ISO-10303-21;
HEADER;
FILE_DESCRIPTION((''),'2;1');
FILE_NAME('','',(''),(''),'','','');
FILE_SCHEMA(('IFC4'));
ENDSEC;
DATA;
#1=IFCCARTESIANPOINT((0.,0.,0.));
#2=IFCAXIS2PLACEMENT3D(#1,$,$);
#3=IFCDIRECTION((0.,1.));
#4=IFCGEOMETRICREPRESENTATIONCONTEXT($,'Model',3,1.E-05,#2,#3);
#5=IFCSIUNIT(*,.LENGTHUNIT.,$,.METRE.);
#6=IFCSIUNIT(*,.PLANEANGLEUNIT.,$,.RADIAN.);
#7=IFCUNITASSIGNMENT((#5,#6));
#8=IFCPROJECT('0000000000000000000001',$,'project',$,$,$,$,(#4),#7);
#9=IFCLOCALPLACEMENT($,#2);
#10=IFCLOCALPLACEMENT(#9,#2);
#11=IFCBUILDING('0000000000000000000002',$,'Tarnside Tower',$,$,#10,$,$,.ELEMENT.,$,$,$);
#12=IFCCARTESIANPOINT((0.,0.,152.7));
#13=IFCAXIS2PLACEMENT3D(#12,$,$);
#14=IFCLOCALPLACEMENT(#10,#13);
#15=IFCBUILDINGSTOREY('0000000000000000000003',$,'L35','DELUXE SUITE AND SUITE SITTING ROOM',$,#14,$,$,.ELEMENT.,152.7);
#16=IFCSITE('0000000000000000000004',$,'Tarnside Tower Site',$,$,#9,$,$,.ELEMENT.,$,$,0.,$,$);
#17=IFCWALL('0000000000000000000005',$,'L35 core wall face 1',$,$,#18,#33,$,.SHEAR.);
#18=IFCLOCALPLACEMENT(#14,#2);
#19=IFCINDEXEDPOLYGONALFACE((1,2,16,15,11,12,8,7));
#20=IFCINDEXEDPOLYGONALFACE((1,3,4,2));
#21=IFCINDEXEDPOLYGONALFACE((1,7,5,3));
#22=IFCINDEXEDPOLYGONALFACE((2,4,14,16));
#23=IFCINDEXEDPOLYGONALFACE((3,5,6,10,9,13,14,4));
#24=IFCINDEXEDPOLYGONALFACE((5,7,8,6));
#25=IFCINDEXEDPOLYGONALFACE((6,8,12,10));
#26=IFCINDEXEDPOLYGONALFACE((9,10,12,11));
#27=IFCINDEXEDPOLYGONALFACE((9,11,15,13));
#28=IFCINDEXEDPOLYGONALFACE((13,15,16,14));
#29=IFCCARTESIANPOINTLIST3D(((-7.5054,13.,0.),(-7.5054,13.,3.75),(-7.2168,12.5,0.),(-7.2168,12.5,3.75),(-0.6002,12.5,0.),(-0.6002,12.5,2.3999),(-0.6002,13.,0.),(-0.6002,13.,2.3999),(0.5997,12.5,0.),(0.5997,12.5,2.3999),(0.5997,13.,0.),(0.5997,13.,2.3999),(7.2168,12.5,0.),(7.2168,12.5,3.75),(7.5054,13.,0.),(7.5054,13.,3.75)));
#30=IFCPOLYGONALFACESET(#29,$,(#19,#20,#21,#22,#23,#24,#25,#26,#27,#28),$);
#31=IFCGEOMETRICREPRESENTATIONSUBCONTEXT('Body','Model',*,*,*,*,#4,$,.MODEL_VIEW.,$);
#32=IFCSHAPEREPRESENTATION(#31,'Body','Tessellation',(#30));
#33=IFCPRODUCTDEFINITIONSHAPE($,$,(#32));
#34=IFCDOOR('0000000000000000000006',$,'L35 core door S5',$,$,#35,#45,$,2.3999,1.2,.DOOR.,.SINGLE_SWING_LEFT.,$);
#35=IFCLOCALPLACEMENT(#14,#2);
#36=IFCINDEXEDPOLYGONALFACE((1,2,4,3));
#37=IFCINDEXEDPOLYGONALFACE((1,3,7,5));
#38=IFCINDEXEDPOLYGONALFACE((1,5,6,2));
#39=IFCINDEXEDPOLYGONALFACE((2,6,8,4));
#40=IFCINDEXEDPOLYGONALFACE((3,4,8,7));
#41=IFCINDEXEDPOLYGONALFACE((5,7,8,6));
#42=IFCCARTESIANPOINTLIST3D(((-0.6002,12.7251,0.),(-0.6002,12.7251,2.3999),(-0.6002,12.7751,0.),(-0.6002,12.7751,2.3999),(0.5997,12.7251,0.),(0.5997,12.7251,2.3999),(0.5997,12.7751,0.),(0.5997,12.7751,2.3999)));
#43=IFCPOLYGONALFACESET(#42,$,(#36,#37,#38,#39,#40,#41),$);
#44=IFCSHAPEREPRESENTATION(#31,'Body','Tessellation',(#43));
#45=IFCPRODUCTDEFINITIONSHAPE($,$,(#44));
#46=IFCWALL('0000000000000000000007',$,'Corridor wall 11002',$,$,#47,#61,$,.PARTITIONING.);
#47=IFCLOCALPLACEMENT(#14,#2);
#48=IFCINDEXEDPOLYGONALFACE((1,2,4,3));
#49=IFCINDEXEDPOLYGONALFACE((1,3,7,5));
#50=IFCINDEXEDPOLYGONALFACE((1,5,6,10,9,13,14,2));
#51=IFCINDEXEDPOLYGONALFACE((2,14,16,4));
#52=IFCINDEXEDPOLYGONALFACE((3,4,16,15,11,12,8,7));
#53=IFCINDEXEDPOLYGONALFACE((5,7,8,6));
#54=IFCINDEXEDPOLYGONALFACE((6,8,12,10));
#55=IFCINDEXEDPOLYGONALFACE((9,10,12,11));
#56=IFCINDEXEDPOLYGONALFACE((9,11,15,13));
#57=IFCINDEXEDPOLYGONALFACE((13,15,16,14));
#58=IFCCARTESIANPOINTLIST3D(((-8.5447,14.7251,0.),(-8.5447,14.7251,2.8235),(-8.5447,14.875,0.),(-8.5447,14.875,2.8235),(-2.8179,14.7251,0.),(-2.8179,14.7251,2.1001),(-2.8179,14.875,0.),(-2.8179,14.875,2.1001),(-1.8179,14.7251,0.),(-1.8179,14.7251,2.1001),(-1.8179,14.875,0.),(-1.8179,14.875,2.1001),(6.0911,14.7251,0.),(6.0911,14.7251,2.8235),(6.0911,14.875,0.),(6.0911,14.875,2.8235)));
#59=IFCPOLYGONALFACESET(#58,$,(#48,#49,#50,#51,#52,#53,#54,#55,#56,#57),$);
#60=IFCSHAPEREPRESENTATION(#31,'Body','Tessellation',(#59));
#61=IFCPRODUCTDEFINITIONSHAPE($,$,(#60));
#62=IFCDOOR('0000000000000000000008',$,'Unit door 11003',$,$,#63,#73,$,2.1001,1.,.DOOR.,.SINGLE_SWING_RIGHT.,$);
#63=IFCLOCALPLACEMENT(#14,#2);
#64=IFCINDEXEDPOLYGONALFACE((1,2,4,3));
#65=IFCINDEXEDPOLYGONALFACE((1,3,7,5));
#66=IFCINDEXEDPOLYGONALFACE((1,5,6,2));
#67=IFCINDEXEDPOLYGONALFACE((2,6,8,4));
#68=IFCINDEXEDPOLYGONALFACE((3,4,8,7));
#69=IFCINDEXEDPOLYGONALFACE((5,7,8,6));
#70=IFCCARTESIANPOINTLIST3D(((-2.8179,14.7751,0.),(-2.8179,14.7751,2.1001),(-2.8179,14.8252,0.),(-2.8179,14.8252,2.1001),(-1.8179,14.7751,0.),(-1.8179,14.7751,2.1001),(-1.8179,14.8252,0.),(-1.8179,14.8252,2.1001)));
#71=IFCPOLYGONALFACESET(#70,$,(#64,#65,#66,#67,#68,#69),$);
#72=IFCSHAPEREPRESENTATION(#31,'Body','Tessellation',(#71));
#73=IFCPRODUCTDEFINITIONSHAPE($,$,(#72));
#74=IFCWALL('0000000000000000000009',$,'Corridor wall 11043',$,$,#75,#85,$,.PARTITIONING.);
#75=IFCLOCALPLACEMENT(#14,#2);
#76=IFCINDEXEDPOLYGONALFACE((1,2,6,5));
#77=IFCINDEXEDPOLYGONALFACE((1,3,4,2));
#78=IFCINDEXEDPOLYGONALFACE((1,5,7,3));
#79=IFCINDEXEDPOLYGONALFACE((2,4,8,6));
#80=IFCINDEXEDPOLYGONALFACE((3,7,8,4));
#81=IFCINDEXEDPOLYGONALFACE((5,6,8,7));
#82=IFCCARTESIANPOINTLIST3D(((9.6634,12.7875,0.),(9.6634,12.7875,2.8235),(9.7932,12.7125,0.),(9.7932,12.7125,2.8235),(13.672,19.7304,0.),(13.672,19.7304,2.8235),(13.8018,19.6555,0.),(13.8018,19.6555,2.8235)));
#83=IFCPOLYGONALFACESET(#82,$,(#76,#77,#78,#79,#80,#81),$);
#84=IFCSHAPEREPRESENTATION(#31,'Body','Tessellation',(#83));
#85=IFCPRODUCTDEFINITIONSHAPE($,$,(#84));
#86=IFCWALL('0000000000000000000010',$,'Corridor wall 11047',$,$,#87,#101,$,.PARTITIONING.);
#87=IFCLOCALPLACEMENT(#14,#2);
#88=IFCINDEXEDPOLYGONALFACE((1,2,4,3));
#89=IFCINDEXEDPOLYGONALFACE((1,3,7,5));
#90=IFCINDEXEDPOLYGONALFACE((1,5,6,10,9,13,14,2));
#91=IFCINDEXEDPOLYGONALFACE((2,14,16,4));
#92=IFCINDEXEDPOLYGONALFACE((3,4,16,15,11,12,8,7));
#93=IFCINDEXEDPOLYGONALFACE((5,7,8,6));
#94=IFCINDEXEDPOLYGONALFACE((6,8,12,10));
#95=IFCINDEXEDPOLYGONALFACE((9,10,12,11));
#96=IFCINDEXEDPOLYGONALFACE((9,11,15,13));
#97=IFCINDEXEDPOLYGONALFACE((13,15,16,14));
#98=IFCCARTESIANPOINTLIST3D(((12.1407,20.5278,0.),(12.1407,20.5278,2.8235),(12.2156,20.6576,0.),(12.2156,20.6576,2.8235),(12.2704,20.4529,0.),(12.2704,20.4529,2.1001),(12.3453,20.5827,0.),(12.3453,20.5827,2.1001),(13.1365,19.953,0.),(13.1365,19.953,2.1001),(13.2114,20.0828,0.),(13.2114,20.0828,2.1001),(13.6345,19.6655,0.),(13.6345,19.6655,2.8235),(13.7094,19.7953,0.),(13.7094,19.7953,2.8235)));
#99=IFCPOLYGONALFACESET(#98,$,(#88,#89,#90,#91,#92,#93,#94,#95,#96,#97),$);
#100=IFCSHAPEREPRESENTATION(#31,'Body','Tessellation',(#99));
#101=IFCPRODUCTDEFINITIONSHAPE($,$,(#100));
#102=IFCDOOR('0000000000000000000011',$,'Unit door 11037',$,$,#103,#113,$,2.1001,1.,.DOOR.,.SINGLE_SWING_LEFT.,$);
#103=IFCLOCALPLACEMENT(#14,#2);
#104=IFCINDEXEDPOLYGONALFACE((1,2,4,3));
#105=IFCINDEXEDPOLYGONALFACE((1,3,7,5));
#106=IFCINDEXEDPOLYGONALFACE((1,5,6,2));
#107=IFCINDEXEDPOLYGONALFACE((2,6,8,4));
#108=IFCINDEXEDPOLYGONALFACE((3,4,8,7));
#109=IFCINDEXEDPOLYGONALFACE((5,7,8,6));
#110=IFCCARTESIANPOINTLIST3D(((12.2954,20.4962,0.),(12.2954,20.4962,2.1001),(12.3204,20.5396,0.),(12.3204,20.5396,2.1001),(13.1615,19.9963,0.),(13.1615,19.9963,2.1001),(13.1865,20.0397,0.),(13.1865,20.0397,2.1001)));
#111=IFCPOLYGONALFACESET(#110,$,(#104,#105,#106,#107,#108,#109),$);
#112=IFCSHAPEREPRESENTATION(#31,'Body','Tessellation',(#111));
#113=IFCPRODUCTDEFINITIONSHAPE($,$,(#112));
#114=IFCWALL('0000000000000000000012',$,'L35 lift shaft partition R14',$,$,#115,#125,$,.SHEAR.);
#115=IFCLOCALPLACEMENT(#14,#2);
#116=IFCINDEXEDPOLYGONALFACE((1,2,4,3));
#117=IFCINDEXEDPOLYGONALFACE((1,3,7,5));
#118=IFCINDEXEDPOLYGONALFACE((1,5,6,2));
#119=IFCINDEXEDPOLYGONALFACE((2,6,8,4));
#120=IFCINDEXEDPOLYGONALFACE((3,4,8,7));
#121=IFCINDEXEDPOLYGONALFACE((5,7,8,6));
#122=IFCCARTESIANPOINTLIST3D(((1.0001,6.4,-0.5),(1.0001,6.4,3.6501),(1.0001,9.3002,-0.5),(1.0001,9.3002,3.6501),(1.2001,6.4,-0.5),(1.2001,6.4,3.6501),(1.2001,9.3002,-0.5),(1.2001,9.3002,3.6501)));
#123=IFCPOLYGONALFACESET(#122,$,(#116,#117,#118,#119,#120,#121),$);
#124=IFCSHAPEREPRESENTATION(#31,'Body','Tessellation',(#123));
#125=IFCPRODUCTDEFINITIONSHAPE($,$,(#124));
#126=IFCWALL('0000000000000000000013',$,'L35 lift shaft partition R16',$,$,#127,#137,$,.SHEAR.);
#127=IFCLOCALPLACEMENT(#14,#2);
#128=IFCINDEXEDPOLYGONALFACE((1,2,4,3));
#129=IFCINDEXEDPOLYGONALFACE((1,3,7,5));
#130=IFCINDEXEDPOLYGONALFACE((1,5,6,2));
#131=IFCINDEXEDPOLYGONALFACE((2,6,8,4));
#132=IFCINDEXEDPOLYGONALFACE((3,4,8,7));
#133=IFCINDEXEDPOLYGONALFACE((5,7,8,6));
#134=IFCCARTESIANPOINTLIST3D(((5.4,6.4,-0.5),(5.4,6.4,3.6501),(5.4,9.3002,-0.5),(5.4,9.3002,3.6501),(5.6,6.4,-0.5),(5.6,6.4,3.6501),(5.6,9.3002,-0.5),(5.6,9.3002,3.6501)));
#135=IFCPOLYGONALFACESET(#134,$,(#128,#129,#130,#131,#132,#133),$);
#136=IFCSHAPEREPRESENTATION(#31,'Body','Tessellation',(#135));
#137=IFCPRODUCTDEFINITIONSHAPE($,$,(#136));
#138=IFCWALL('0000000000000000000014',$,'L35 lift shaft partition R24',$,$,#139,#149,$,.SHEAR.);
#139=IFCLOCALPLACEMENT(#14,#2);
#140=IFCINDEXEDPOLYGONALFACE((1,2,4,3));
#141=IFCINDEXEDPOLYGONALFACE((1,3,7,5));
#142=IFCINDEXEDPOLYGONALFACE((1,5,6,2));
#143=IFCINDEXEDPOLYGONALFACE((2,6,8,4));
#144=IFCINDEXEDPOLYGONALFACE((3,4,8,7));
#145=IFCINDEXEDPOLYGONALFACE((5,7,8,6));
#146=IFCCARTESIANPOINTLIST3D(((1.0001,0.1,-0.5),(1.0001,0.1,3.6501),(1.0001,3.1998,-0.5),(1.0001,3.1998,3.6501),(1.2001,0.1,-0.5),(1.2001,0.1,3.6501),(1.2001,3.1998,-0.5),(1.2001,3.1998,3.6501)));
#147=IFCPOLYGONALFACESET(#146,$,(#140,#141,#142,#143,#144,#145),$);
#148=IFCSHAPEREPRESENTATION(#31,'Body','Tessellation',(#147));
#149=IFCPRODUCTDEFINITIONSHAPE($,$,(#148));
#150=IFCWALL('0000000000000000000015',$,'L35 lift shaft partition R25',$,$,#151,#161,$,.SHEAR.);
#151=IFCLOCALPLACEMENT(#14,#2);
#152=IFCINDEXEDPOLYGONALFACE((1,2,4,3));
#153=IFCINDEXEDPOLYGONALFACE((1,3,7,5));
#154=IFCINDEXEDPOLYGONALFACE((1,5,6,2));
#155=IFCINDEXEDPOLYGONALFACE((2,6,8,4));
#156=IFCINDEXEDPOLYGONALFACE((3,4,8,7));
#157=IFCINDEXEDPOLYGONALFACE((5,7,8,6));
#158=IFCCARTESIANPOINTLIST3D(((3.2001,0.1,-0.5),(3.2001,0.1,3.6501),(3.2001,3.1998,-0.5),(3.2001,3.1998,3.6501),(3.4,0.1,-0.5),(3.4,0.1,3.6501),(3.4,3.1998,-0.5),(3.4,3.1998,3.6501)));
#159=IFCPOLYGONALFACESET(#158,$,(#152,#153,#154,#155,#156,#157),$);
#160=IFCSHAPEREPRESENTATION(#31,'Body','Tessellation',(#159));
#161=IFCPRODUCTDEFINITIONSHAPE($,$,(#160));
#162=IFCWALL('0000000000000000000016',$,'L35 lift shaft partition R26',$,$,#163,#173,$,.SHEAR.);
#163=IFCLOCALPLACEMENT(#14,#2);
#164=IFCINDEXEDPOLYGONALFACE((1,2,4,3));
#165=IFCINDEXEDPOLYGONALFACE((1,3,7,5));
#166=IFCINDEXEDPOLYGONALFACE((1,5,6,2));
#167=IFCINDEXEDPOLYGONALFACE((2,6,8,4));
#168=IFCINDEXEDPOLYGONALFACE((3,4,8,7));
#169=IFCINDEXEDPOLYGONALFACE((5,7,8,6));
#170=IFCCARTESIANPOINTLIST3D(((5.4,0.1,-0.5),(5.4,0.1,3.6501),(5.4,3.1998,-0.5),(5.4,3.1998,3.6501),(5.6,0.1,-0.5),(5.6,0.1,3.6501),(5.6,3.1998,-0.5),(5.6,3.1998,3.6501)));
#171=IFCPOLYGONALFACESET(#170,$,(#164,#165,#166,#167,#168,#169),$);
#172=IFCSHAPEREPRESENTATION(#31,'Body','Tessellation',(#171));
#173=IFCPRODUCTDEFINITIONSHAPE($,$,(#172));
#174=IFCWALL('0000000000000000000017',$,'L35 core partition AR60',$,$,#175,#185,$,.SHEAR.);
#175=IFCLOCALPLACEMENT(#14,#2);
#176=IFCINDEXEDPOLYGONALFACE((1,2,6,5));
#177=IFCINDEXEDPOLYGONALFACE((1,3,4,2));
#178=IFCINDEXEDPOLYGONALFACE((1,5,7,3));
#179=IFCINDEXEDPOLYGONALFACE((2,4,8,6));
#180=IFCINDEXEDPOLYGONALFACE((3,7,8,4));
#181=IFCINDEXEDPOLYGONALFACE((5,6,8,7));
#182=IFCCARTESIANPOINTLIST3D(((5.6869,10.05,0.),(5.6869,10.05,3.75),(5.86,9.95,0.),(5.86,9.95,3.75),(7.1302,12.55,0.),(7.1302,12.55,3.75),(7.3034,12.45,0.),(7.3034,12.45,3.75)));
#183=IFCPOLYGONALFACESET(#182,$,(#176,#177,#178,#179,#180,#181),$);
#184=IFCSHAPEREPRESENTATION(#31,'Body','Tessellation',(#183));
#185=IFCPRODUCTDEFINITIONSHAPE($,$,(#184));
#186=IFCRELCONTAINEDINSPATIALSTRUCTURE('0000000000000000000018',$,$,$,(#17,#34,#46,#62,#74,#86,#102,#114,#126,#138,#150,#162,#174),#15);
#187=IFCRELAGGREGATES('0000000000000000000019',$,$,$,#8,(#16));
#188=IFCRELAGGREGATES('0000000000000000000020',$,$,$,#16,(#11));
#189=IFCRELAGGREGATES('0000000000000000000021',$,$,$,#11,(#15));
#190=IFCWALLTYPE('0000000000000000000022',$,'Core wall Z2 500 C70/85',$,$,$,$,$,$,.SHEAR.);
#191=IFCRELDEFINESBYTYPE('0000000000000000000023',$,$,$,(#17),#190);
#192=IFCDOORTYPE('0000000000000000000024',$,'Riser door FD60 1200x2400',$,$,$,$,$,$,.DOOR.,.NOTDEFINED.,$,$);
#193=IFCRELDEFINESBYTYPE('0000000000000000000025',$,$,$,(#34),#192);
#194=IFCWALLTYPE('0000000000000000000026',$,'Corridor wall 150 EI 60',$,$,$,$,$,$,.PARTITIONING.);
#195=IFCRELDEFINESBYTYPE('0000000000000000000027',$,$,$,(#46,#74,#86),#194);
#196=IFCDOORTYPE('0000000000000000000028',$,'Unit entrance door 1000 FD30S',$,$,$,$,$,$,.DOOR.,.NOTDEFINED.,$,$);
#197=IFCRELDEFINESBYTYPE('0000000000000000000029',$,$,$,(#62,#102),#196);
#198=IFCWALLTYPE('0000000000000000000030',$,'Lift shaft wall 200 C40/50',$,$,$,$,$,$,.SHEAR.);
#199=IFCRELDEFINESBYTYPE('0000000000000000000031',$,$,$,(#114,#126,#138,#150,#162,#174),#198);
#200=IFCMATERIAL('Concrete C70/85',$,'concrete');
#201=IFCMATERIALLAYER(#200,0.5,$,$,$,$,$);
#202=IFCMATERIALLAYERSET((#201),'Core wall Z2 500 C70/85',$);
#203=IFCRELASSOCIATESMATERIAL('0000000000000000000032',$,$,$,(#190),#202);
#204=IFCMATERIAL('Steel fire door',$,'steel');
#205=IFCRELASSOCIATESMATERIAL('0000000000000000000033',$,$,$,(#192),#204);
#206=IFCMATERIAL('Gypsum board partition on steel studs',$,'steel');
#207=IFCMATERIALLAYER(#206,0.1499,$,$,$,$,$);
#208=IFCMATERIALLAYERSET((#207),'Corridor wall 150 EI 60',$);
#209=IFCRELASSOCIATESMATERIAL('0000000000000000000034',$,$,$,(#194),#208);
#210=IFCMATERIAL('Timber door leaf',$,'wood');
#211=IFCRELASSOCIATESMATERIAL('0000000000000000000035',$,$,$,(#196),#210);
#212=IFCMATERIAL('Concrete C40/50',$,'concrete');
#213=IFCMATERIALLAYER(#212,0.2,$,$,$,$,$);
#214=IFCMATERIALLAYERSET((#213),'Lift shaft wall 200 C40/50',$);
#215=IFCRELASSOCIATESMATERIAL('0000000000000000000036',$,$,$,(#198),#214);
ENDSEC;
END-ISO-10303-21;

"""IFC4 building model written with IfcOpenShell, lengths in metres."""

from ifc_helpers import new_model, si_unit, direction, frame, frame_2d, origin, place, context, subcontext, project, spatial, polyline, rectangle, outline, extrude, material, layer, layer_set, type_object, element, fill, save


model = new_model("IFC4")

# Units and contexts
model_context = context("Model", 3, precision=1e-05, world=origin(), true_north=direction((0.0, 1.0)))
body_context = subcontext(model_context, "Body", "Model", "MODEL_VIEW")
ifc_project = project(units=[si_unit("LENGTHUNIT", "METRE"), si_unit("PLANEANGLEUNIT", "RADIAN")], contexts=[model_context])

# Site, building, storey
site_placement = place(None, origin())
site = spatial("IfcSite", under=ifc_project, at=site_placement, Name="Tarnside Tower Site", CompositionType="ELEMENT", RefElevation=0.0)
building_placement = place(site_placement, origin())
building = spatial("IfcBuilding", under=site, at=building_placement, Name="Tarnside Tower", CompositionType="ELEMENT")
storey_placement = place(building_placement, frame((0.0, 0.0, 152.7)))
storey = spatial("IfcBuildingStorey", under=building, at=storey_placement, Name="L35", Description="DELUXE SUITE AND SUITE SITTING ROOM", CompositionType="ELEMENT", Elevation=152.7)

# Shared definitions
ifc_material_1 = material(Name="Gypsum board partition on steel studs", Category="steel")
ifc_material_2 = material(Name="Timber door leaf", Category="wood")

# Walls, openings, doors
ifc_material_3 = material(Name="Concrete C70/85", Category="concrete")
ifc_layer_1 = layer(ifc_material_3, 0.5)
ifc_layer_set_1 = layer_set([ifc_layer_1], Name="Core wall Z2 500 C70/85")
wall_type_1 = type_object("IfcWallType", Name="Core wall Z2 500 C70/85", PredefinedType="SHEAR", material=ifc_layer_set_1)
wall_1_placement = place(storey_placement, frame((7.3611, 12.75, 0.0), z_axis=(0.0, 0.0, 1.0), x_axis=(-1.0, 0.0, 0.0)))
wall_1 = element("IfcWall", 1, at=wall_1_placement, inside=storey, type_object=wall_type_1, Name="L35 core wall face 1", PredefinedType="SHEAR", context=body_context, shape_type="SweptSolid", body=[
    extrude(outline(polyline([(-0.1443, -0.25), (14.8665, -0.25), (14.5779, 0.25), (0.1443, 0.25), (-0.1443, -0.25)])), origin(), (0.0, 0.0, 1.0), 3.75),
])
opening_1_placement = place(wall_1_placement, frame((6.7612, 0.0, 0.0)))
opening_1 = element("IfcOpeningElement", 2, at=opening_1_placement, cuts=wall_1, PredefinedType="OPENING", context=body_context, shape_type="SweptSolid", body=[
    extrude(rectangle(XDim=1.2, YDim=2.3999, at=frame_2d((0.6001, 1.2))), frame((0.0, 0.26, 0.0), z_axis=(0.0, -1.0, 0.0), x_axis=(1.0, 0.0, 0.0)), (0.0, 0.0, 1.0), 0.52),
])
ifc_material_4 = material(Name="Steel fire door", Category="steel")
door_type_1 = type_object("IfcDoorType", Name="Riser door FD60 1200x2400", OperationType="NOTDEFINED", PredefinedType="DOOR", material=ifc_material_4)
door_1_placement = place(opening_1_placement, origin())
door_1 = element("IfcDoor", 3, at=door_1_placement, inside=storey, type_object=door_type_1, Name="L35 core door S5", OperationType="SINGLE_SWING_LEFT", OverallHeight=2.3999, OverallWidth=1.2, PredefinedType="DOOR", context=body_context, shape_type="SweptSolid", body=[
    extrude(rectangle(XDim=1.2, YDim=2.3999, at=frame_2d((0.6001, 1.2))), frame((0.0, 0.0249, 0.0), z_axis=(0.0, -1.0, 0.0), x_axis=(1.0, 0.0, 0.0)), (0.0, 0.0, 1.0), 0.05),
])
fill(opening_1, door_1)
ifc_layer_2 = layer(ifc_material_1, 0.1499)
ifc_layer_set_2 = layer_set([ifc_layer_2], Name="Corridor wall 150 EI 60")
wall_type_2 = type_object("IfcWallType", Name="Corridor wall 150 EI 60", PredefinedType="PARTITIONING", material=ifc_layer_set_2)
wall_2_placement = place(storey_placement, frame((6.0911, 14.8, 0.0), z_axis=(0.0, 0.0, 1.0), x_axis=(-1.0, 0.0, 0.0)))
wall_2 = element("IfcWall", 4, at=wall_2_placement, inside=storey, type_object=wall_type_2, Name="Corridor wall 11002", PredefinedType="PARTITIONING", context=body_context, shape_type="SweptSolid", body=[
    extrude(rectangle(XDim=14.6357, YDim=0.1499, at=frame_2d((7.3179, 0.0))), origin(), (0.0, 0.0, 1.0), 2.8235),
])
opening_2_placement = place(wall_2_placement, frame((7.9089, 0.0, 0.0)))
opening_2 = element("IfcOpeningElement", 5, at=opening_2_placement, cuts=wall_2, PredefinedType="OPENING", context=body_context, shape_type="SweptSolid", body=[
    extrude(rectangle(XDim=1.0, YDim=2.1001, at=frame_2d((0.5, 1.05))), frame((0.0, 0.085, 0.0), z_axis=(0.0, -1.0, 0.0), x_axis=(1.0, 0.0, 0.0)), (0.0, 0.0, 1.0), 0.1699),
])
door_type_2 = type_object("IfcDoorType", Name="Unit entrance door 1000 FD30S", OperationType="NOTDEFINED", PredefinedType="DOOR", material=ifc_material_2)
door_2_placement = place(opening_2_placement, origin())
door_2 = element("IfcDoor", 6, at=door_2_placement, inside=storey, type_object=door_type_2, Name="Unit door 11003", OperationType="SINGLE_SWING_RIGHT", OverallHeight=2.1001, OverallWidth=1.0, PredefinedType="DOOR", context=body_context, shape_type="SweptSolid", body=[
    extrude(rectangle(XDim=1.0, YDim=2.1001, at=frame_2d((0.5, 1.05))), frame((0.0, 0.0249, 0.0), z_axis=(0.0, -1.0, 0.0), x_axis=(1.0, 0.0, 0.0)), (0.0, 0.0, 1.0), 0.05),
])
fill(opening_2, door_2)

# Wall
wall_3_placement = place(storey_placement, frame((9.7283, 12.75, 0.0), z_axis=(0.0, 0.0, 1.0), x_axis=(0.500007, 0.866021, 0.0)))
element("IfcWall", 7, at=wall_3_placement, inside=storey, type_object=wall_type_2, Name="Corridor wall 11043", PredefinedType="PARTITIONING", context=body_context, shape_type="SweptSolid", body=[
    extrude(rectangle(XDim=8.0171, YDim=0.1499, at=frame_2d((4.0085, 0.0))), origin(), (0.0, 0.0, 1.0), 2.8235),
])

# Wall, opening, door
wall_4_placement = place(storey_placement, frame((13.6719, 19.7305, 0.0), z_axis=(0.0, 0.0, 1.0), x_axis=(-0.866075, 0.499914, 0.0)))
wall_4 = element("IfcWall", 8, at=wall_4_placement, inside=storey, type_object=wall_type_2, Name="Corridor wall 11047", PredefinedType="PARTITIONING", context=body_context, shape_type="SweptSolid", body=[
    extrude(rectangle(XDim=1.7249, YDim=0.1499, at=frame_2d((0.8623, 0.0))), origin(), (0.0, 0.0, 1.0), 2.8235),
])
opening_3_placement = place(wall_4_placement, frame((0.575, 0.0, 0.0)))
opening_3 = element("IfcOpeningElement", 9, at=opening_3_placement, cuts=wall_4, PredefinedType="OPENING", context=body_context, shape_type="SweptSolid", body=[
    extrude(rectangle(XDim=1.0, YDim=2.1001, at=frame_2d((0.5, 1.05))), frame((0.0, 0.085, 0.0), z_axis=(0.0, -1.0, 0.0), x_axis=(1.0, 0.0, 0.0)), (0.0, 0.0, 1.0), 0.1699),
])
door_3_placement = place(opening_3_placement, origin())
door_3 = element("IfcDoor", 10, at=door_3_placement, inside=storey, type_object=door_type_2, Name="Unit door 11037", OperationType="SINGLE_SWING_LEFT", OverallHeight=2.1001, OverallWidth=1.0, PredefinedType="DOOR", context=body_context, shape_type="SweptSolid", body=[
    extrude(rectangle(XDim=1.0, YDim=2.1001, at=frame_2d((0.5, 1.05))), frame((0.0, 0.0249, 0.0), z_axis=(0.0, -1.0, 0.0), x_axis=(1.0, 0.0, 0.0)), (0.0, 0.0, 1.0), 0.05),
])
fill(opening_3, door_3)

# Walls
ifc_material_5 = material(Name="Concrete C40/50", Category="concrete")
ifc_layer_3 = layer(ifc_material_5, 0.2)
ifc_layer_set_3 = layer_set([ifc_layer_3], Name="Lift shaft wall 200 C40/50")
wall_type_3 = type_object("IfcWallType", Name="Lift shaft wall 200 C40/50", PredefinedType="SHEAR", material=ifc_layer_set_3)
for number, where, z_axis, x_axis, name in (
    (11, (1.1001, 6.3999, -0.5), (0.0, 0.0, 1.0), (0.0, 1.0, 0.0), "L35 lift shaft partition R14"),
    (12, (5.5, 6.3999, -0.5), (0.0, 0.0, 1.0), (0.0, 1.0, 0.0), "L35 lift shaft partition R16"),
):
    element("IfcWall", number, at=place(storey_placement, frame(where, z_axis=z_axis, x_axis=x_axis)), inside=storey, type_object=wall_type_3, Name=name, PredefinedType="SHEAR", context=body_context, shape_type="SweptSolid", body=[
        extrude(rectangle(XDim=2.9001, YDim=0.2, at=frame_2d((1.4502, 0.0))), origin(), (0.0, 0.0, 1.0), 4.1501),
    ])
for number, where, z_axis, x_axis, name in (
    (13, (1.1001, 0.1001, -0.5), (0.0, 0.0, 1.0), (0.0, 1.0, 0.0), "L35 lift shaft partition R24"),
    (14, (3.3, 0.1001, -0.5), (0.0, 0.0, 1.0), (0.0, 1.0, 0.0), "L35 lift shaft partition R25"),
    (15, (5.5, 0.1001, -0.5), (0.0, 0.0, 1.0), (0.0, 1.0, 0.0), "L35 lift shaft partition R26"),
):
    element("IfcWall", number, at=place(storey_placement, frame(where, z_axis=z_axis, x_axis=x_axis)), inside=storey, type_object=wall_type_3, Name=name, PredefinedType="SHEAR", context=body_context, shape_type="SweptSolid", body=[
        extrude(rectangle(XDim=3.0999, YDim=0.2, at=frame_2d((1.5498, 0.0))), origin(), (0.0, 0.0, 1.0), 4.1501),
    ])
wall_5_placement = place(storey_placement, frame((5.7734, 10.0, 0.0), z_axis=(0.0, 0.0, 1.0), x_axis=(0.499996, 0.866028, 0.0)))
element("IfcWall", 16, at=wall_5_placement, inside=storey, type_object=wall_type_3, Name="L35 core partition AR60", PredefinedType="SHEAR", context=body_context, shape_type="SweptSolid", body=[
    extrude(rectangle(XDim=2.8867, YDim=0.2, at=frame_2d((1.4434, 0.0))), origin(), (0.0, 0.0, 1.0), 3.75),
])

save(model, "model.ifc")
